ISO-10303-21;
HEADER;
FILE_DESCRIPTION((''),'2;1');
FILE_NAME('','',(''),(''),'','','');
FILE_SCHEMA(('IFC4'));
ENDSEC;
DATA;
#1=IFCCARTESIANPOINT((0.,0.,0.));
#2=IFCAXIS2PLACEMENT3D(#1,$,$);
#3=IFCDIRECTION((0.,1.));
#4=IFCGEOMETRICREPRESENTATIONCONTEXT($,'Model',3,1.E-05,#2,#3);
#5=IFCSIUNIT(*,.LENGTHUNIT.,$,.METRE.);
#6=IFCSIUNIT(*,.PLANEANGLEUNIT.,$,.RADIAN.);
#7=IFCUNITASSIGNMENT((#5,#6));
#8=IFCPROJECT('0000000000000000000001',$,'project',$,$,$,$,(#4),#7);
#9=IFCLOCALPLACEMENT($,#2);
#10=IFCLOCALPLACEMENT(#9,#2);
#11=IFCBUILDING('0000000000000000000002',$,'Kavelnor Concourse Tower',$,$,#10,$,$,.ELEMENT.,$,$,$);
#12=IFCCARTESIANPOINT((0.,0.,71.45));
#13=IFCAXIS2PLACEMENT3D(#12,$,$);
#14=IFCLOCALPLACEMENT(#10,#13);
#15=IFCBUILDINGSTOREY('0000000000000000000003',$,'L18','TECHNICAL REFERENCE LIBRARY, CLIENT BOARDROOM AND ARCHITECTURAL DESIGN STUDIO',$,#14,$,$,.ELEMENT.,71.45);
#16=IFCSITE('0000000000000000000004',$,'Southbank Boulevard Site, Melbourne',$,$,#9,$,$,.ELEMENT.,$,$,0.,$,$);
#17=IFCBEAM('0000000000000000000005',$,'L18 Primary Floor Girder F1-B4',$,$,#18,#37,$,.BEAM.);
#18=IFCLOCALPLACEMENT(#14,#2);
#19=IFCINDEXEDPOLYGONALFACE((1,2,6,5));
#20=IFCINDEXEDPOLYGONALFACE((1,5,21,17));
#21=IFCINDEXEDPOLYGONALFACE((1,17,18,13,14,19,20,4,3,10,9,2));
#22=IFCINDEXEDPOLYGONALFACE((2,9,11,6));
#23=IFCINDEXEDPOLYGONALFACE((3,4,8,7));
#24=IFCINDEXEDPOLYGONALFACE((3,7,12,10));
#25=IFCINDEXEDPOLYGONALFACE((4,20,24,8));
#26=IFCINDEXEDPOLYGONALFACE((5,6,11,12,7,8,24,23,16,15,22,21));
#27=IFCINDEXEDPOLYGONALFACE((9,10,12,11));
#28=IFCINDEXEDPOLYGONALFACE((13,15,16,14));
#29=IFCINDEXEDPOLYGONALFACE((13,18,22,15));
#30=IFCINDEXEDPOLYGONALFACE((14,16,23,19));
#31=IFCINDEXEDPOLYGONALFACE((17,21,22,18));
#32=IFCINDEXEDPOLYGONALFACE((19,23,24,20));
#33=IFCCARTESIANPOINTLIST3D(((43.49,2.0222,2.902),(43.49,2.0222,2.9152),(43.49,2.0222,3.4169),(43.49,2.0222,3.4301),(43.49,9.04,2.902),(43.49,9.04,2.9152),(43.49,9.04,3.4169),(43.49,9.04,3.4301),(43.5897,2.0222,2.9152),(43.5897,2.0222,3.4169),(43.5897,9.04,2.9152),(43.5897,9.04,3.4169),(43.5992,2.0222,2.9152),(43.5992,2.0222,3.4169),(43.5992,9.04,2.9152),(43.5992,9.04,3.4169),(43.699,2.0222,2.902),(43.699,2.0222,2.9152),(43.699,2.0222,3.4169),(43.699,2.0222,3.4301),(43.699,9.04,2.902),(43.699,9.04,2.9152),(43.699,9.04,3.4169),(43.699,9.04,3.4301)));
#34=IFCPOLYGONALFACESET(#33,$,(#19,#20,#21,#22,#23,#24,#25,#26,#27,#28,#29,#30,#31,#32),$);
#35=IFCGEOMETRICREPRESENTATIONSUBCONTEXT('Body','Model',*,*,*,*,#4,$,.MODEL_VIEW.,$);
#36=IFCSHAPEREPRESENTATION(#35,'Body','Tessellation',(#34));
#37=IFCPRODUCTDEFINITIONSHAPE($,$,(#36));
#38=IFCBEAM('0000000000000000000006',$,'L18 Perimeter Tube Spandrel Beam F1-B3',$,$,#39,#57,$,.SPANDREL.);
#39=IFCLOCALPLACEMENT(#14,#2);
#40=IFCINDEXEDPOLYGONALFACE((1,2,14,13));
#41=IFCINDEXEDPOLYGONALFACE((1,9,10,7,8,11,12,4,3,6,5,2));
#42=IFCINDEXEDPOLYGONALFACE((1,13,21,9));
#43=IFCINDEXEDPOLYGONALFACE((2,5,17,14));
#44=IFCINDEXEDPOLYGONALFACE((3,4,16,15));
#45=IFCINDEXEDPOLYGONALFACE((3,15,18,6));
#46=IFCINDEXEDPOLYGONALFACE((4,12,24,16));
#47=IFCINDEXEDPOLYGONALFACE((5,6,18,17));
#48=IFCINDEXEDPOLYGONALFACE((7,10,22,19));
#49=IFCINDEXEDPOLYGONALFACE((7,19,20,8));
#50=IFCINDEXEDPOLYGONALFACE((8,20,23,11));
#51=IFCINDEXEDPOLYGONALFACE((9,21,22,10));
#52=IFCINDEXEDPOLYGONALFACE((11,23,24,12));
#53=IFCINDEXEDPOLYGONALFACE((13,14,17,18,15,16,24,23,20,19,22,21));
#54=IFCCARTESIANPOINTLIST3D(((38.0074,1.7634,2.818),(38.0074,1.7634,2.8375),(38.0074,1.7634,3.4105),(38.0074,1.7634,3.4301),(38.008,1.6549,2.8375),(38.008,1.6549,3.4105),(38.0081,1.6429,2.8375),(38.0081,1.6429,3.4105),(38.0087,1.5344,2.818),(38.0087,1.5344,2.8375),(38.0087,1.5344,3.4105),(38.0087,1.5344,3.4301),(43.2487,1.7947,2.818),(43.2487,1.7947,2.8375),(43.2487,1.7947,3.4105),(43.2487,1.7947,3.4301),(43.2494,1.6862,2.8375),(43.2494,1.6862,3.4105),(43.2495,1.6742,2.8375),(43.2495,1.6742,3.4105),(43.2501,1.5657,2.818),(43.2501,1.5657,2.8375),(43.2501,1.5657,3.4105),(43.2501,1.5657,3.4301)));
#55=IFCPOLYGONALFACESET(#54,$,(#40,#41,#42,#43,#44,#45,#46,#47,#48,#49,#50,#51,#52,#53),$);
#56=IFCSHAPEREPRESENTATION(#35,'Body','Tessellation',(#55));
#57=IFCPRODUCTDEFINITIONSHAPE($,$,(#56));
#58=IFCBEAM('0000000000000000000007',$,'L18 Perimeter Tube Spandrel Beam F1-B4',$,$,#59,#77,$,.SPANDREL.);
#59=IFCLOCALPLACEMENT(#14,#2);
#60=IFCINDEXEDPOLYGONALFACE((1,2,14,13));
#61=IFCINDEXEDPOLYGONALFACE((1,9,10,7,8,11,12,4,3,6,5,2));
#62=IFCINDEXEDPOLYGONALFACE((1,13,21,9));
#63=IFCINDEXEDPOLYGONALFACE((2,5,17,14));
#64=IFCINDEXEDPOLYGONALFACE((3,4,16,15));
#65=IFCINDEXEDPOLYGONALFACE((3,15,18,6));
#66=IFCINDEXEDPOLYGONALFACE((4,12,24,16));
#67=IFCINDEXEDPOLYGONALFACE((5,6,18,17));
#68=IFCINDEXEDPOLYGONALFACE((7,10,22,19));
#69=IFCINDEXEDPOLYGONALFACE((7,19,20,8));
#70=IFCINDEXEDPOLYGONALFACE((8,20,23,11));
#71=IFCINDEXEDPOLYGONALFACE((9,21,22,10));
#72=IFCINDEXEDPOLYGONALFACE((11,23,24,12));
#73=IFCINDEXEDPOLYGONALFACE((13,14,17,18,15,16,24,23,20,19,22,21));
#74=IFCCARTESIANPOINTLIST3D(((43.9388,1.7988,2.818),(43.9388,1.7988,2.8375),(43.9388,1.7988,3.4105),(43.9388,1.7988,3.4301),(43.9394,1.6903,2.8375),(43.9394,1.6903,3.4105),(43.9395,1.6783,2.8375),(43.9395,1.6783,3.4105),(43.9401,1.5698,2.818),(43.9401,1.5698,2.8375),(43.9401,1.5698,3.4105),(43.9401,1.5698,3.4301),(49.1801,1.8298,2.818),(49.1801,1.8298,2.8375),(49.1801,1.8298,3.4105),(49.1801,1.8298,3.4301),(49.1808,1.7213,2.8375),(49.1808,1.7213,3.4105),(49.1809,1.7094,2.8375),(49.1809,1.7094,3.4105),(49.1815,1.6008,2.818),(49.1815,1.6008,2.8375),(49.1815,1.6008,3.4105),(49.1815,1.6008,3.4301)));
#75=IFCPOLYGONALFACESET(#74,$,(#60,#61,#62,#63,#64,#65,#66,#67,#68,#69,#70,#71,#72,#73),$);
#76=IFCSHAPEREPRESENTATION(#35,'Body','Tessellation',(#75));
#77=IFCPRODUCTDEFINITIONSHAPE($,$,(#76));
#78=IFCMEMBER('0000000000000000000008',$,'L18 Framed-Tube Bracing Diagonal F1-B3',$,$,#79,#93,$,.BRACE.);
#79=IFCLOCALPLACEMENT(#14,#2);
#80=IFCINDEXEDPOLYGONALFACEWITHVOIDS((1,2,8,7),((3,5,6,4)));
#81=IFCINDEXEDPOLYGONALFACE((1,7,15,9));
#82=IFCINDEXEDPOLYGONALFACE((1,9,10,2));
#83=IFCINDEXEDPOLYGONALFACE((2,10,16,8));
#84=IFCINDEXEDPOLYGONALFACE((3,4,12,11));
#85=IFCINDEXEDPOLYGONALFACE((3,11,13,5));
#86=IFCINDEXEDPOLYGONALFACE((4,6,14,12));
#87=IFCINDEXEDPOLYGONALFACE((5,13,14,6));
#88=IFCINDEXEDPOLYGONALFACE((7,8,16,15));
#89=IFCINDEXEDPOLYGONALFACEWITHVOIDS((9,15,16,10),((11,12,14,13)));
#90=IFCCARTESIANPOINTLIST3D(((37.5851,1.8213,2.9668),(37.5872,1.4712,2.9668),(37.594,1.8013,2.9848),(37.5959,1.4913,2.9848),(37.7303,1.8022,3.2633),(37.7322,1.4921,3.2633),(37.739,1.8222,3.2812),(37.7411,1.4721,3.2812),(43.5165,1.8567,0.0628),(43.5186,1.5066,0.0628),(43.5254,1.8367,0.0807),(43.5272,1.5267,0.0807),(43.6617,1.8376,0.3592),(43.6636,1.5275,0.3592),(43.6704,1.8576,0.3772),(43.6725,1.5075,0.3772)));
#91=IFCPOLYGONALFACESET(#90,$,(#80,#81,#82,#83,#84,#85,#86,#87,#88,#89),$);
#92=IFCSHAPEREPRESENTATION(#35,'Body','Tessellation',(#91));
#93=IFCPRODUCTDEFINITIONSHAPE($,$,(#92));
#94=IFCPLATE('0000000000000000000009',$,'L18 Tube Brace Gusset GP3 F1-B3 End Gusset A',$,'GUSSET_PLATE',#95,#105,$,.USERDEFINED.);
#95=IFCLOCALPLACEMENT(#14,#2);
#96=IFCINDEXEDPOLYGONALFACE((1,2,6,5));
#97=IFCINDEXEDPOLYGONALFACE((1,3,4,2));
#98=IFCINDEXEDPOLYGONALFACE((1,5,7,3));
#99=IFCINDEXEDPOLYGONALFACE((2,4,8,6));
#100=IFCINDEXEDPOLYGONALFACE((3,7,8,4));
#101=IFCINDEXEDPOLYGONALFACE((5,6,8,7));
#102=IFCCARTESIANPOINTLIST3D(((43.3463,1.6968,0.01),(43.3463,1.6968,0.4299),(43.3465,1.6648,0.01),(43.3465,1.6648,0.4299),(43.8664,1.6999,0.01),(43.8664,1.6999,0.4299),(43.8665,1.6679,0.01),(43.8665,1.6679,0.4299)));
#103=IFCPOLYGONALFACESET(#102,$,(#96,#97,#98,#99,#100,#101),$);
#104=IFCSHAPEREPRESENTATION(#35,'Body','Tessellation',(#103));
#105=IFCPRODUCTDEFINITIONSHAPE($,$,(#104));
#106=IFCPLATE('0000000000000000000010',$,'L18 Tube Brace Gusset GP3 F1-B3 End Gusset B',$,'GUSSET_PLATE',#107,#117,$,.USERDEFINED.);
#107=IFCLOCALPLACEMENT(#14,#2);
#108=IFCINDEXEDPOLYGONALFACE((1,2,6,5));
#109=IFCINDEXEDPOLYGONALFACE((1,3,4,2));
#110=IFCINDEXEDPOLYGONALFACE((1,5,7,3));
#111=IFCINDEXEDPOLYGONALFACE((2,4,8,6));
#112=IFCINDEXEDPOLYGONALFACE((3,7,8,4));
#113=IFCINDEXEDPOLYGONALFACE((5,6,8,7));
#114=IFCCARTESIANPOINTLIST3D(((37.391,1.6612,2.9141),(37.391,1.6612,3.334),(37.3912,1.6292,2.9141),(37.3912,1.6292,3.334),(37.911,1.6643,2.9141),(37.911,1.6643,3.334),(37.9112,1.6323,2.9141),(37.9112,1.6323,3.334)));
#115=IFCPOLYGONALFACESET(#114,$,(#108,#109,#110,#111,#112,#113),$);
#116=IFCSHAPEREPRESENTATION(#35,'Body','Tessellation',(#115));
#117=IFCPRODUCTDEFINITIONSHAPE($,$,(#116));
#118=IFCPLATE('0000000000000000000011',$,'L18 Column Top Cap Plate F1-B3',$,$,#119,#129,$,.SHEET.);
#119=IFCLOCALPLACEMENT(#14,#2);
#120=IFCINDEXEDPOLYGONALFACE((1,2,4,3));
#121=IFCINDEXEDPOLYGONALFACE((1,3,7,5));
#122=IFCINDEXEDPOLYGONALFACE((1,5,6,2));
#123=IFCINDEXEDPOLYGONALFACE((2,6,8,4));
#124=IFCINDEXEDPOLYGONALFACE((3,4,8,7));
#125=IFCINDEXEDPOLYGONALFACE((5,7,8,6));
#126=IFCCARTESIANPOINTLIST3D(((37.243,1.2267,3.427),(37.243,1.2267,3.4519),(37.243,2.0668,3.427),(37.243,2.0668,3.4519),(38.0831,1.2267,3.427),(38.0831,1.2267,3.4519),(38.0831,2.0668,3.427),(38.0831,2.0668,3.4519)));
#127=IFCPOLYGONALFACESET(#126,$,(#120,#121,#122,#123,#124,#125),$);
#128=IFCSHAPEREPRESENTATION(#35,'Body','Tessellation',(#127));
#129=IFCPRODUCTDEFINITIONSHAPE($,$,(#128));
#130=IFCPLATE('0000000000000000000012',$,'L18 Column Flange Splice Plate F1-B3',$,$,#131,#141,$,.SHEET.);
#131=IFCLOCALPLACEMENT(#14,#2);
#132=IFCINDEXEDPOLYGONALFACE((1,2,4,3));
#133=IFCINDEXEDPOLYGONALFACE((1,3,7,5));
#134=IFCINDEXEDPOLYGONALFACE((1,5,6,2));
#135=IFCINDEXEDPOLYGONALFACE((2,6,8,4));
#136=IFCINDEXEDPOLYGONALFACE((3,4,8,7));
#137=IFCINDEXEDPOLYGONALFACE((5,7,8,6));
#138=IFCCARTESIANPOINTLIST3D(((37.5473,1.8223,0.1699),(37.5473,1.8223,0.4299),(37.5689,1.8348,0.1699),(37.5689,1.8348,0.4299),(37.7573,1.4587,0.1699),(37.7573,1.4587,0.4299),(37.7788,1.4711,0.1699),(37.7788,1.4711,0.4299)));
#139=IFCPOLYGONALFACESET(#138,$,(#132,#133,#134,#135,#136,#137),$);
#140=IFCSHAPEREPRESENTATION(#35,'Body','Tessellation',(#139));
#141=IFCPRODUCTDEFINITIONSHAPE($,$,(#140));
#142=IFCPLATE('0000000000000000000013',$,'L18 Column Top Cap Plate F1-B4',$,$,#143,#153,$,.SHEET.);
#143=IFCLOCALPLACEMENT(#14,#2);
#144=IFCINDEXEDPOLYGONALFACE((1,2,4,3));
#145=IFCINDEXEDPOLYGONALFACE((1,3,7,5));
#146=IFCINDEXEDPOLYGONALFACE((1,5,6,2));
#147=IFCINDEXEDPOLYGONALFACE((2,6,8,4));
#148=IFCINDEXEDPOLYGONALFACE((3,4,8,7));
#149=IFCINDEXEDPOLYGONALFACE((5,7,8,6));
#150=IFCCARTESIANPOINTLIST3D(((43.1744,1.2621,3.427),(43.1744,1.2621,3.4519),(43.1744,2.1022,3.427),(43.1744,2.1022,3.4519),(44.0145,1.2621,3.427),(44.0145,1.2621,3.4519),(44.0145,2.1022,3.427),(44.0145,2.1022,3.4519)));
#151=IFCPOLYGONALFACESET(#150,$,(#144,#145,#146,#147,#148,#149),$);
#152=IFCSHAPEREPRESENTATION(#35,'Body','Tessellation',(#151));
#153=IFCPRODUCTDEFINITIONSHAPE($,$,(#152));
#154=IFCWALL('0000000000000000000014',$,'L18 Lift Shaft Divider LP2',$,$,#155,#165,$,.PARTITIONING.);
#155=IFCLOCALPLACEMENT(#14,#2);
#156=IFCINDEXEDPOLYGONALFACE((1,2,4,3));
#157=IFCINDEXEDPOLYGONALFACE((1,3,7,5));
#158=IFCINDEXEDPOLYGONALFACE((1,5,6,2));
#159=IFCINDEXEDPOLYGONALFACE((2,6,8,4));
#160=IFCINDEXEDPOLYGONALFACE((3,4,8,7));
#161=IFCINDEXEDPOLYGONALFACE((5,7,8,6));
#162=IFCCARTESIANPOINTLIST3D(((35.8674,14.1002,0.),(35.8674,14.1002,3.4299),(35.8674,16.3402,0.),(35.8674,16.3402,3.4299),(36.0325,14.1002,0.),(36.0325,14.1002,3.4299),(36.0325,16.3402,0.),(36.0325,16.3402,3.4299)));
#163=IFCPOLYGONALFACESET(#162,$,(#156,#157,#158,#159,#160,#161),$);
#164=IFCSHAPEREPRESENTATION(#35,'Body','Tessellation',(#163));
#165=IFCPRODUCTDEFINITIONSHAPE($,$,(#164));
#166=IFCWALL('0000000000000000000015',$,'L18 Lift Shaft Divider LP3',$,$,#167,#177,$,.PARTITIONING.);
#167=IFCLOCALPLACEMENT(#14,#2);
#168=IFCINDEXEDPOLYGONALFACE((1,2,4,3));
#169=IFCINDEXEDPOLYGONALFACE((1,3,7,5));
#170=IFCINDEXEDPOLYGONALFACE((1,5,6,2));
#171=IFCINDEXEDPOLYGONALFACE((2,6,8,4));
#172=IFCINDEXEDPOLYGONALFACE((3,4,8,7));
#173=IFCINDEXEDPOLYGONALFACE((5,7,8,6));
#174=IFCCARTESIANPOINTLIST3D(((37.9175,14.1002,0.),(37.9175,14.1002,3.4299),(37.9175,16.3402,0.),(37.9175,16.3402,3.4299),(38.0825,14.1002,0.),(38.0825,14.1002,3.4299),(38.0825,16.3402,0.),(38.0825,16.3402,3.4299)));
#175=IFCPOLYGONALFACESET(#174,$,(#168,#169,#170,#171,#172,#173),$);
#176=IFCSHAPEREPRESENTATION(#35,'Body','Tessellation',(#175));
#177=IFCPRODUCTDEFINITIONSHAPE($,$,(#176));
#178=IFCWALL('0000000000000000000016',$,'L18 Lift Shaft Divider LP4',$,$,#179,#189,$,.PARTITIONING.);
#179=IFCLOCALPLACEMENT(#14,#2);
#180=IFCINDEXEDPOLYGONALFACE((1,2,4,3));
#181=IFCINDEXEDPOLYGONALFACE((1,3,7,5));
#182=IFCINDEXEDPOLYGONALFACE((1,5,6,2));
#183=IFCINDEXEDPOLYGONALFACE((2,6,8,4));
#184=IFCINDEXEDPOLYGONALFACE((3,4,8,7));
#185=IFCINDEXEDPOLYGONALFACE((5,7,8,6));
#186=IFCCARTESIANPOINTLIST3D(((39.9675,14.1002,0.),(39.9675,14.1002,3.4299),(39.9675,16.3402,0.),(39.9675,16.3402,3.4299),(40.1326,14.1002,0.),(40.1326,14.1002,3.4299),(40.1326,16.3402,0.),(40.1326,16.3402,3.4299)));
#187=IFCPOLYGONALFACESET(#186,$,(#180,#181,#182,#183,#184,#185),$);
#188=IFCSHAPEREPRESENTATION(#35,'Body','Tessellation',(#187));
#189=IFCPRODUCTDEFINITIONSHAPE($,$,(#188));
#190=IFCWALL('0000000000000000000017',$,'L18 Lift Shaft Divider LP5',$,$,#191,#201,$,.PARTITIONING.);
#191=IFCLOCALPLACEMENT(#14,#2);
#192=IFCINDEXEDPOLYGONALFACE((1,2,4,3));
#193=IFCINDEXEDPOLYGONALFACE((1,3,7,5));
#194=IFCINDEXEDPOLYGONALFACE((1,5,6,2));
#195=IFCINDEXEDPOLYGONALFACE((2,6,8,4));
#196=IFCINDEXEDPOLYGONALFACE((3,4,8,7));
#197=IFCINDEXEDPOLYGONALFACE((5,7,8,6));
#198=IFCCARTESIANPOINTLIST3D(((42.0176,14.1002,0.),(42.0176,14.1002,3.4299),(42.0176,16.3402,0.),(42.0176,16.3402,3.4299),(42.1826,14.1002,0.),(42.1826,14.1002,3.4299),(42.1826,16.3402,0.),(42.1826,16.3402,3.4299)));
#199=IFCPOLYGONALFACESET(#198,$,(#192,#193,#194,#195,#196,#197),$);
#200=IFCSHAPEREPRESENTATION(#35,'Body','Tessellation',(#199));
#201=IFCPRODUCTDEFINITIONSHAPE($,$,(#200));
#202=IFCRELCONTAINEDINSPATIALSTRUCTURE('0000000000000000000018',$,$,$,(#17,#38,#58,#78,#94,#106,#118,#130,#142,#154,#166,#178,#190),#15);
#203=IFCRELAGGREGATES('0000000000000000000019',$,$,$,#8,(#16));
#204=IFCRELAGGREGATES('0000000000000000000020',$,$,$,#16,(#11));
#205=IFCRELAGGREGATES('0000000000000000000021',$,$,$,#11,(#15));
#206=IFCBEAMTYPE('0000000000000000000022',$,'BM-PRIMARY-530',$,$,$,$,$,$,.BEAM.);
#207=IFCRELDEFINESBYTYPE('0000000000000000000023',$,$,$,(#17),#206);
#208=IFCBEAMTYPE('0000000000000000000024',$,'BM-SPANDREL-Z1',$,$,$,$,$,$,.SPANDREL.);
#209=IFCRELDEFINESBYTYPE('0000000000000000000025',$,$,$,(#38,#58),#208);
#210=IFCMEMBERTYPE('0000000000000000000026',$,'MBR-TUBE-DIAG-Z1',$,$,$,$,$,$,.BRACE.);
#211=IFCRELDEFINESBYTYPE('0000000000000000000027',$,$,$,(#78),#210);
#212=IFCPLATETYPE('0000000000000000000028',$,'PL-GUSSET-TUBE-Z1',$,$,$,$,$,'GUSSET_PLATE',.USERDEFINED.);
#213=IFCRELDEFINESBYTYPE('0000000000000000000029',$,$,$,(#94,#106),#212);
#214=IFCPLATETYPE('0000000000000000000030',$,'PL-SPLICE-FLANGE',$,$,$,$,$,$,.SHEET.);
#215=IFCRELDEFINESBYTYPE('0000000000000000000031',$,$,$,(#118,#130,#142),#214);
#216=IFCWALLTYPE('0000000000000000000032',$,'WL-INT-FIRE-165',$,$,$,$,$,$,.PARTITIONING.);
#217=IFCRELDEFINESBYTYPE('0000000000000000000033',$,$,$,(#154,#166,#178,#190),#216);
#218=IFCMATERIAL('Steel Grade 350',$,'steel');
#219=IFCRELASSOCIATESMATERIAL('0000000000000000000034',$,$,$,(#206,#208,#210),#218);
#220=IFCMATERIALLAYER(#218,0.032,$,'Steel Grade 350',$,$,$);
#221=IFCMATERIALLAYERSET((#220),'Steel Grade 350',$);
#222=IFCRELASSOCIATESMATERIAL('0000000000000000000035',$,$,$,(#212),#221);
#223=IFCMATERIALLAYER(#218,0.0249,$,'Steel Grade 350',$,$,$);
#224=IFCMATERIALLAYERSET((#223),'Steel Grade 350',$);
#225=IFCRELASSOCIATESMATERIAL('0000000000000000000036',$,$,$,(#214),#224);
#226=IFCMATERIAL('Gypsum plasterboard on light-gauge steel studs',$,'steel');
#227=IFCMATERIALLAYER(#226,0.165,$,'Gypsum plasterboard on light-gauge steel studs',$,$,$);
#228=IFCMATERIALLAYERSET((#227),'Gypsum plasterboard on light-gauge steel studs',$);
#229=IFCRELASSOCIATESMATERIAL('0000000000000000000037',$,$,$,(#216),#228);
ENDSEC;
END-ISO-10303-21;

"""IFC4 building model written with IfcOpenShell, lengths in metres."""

from ifc_helpers import new_model, si_unit, direction, frame, frame_2d, origin, origin_2d, place, context, subcontext, project, spatial, rectangle, hollow_rectangle, i_section, extrude, material, layer, layer_set, material_profile, profile_set, type_object, element, save


model = new_model("IFC4")

# Units and contexts
model_context = context("Model", 3, precision=1e-05, world=origin(), true_north=direction((0.0, 1.0)))
body_context = subcontext(model_context, "Body", "Model", "MODEL_VIEW")
ifc_project = project(units=[si_unit("LENGTHUNIT", "METRE"), si_unit("PLANEANGLEUNIT", "RADIAN")], contexts=[model_context])

# Site, building, storey
site_placement = place(None, origin())
site = spatial("IfcSite", under=ifc_project, at=site_placement, Name="Southbank Boulevard Site, Melbourne", CompositionType="ELEMENT", RefElevation=0.0)
building_placement = place(site_placement, origin())
building = spatial("IfcBuilding", under=site, at=building_placement, Name="Kavelnor Concourse Tower", CompositionType="ELEMENT")
storey_placement = place(building_placement, frame((0.0, 0.0, 71.45)))
storey = spatial("IfcBuildingStorey", under=building, at=storey_placement, Name="L18", Description="TECHNICAL REFERENCE LIBRARY, CLIENT BOARDROOM AND ARCHITECTURAL DESIGN STUDIO", CompositionType="ELEMENT", Elevation=71.45)

# Shared definitions
ifc_material_1 = material(Name="Steel Grade 350", Category="steel")

# Beams
ifc_material_profile_1 = material_profile(ifc_material_1, i_section(OverallWidth=0.209, OverallDepth=0.5281, WebThickness=0.0095, FlangeThickness=0.0132, at=origin_2d()), Name="530UB82")
ifc_profile_set_1 = profile_set([ifc_material_profile_1], Name="Steel Grade 350")
beam_type_1 = type_object("IfcBeamType", Name="BM-PRIMARY-530", PredefinedType="BEAM", material=ifc_profile_set_1)
beam_1_placement = place(storey_placement, frame((43.5945, 9.04, 3.166), z_axis=(0.0, -1.0, 0.0), x_axis=(1.0, 0.0, 0.0)))
element("IfcBeam", 1, at=beam_1_placement, inside=storey, type_object=beam_type_1, Name="L18 Primary Floor Girder F1-B4", PredefinedType="BEAM", context=body_context, shape_type="SweptSolid", body=[
    extrude(i_section(OverallWidth=0.209, OverallDepth=0.5281, WebThickness=0.0095, FlangeThickness=0.0132, at=origin_2d()), origin(), (0.0, 0.0, 1.0), 7.0178),
])
ifc_material_profile_2 = material_profile(ifc_material_1, i_section(OverallWidth=0.229, OverallDepth=0.6121, WebThickness=0.012, FlangeThickness=0.0195, at=origin_2d()), Name="610UB125")
ifc_profile_set_2 = profile_set([ifc_material_profile_2], Name="Steel Grade 350")
beam_type_2 = type_object("IfcBeamType", Name="BM-SPANDREL-Z1", PredefinedType="SPANDREL", material=ifc_profile_set_2)
for number, where, z_axis, x_axis, name in (
    (2, (38.0081, 1.6489, 3.124), (0.999982, 0.005962, 0.0), (-0.005962, 0.999982, 0.0), "L18 Perimeter Tube Spandrel Beam F1-B3"),
    (3, (43.9395, 1.6843, 3.124), (0.999983, 0.005915, 0.0), (-0.005915, 0.999983, 0.0), "L18 Perimeter Tube Spandrel Beam F1-B4"),
):
    element("IfcBeam", number, at=place(storey_placement, frame(where, z_axis=z_axis, x_axis=x_axis)), inside=storey, type_object=beam_type_2, Name=name, PredefinedType="SPANDREL", context=body_context, shape_type="SweptSolid", body=[
        extrude(i_section(OverallWidth=0.229, OverallDepth=0.6121, WebThickness=0.012, FlangeThickness=0.0195, at=origin_2d()), origin(), (0.0, 0.0, 1.0), 5.2415),
    ])

# Member
ifc_material_profile_3 = material_profile(ifc_material_1, hollow_rectangle(XDim=0.3501, YDim=0.3501, WallThickness=0.02, at=origin_2d()), Name="SHS 350x350x20")
ifc_profile_set_3 = profile_set([ifc_material_profile_3], Name="Steel Grade 350")
member_type = type_object("IfcMemberType", Name="MBR-TUBE-DIAG-Z1", PredefinedType="BRACE", material=ifc_profile_set_3)
member_placement = place(storey_placement, frame((43.5945, 1.6821, 0.22), z_axis=(-0.898117, -0.00536, 0.439724), x_axis=(0.005968, -0.999982, 0.0)))
element("IfcMember", 4, at=member_placement, inside=storey, type_object=member_type, Name="L18 Framed-Tube Bracing Diagonal F1-B3", PredefinedType="BRACE", context=body_context, shape_type="SweptSolid", body=[
    extrude(hollow_rectangle(XDim=0.3501, YDim=0.3501, WallThickness=0.02, at=origin_2d()), origin(), (0.0, 0.0, 1.0), 6.6042),
])

# Plates
ifc_layer_1 = layer(ifc_material_1, 0.032, Name="Steel Grade 350")
ifc_layer_set_1 = layer_set([ifc_layer_1], Name="Steel Grade 350")
plate_type_1 = type_object("IfcPlateType", Name="PL-GUSSET-TUBE-Z1", ElementType="GUSSET_PLATE", PredefinedType="USERDEFINED", material=ifc_layer_set_1)
for number, where, z_axis, x_axis, name in (
    (5, (43.6064, 1.6824, 0.01), (0.0, 0.0, 1.0), (-0.999982, -0.005934, 0.0), "L18 Tube Brace Gusset GP3 F1-B3 End Gusset A"),
    (6, (37.6511, 1.6467, 2.9141), (0.0, 0.0, 1.0), (-0.999982, -0.005934, 0.0), "L18 Tube Brace Gusset GP3 F1-B3 End Gusset B"),
):
    element("IfcPlate", number, at=place(storey_placement, frame(where, z_axis=z_axis, x_axis=x_axis)), inside=storey, type_object=plate_type_1, Name=name, ObjectType="GUSSET_PLATE", PredefinedType="USERDEFINED", context=body_context, shape_type="SweptSolid", body=[
        extrude(rectangle(XDim=0.52, YDim=0.032, at=origin_2d()), origin(), (0.0, 0.0, 1.0), 0.4199),
    ])
ifc_layer_2 = layer(ifc_material_1, 0.0249, Name="Steel Grade 350")
ifc_layer_set_2 = layer_set([ifc_layer_2], Name="Steel Grade 350")
plate_type_2 = type_object("IfcPlateType", Name="PL-SPLICE-FLANGE", PredefinedType="SHEET", material=ifc_layer_set_2)
plate_1_placement = place(storey_placement, frame((37.6631, 1.6467, 3.427), z_axis=(0.0, 0.0, 1.0), x_axis=(1.0, 0.0, 0.0)))
element("IfcPlate", 7, at=plate_1_placement, inside=storey, type_object=plate_type_2, Name="L18 Column Top Cap Plate F1-B3", PredefinedType="SHEET", context=body_context, shape_type="SweptSolid", body=[
    extrude(rectangle(XDim=0.8401, YDim=0.8401, at=origin_2d()), origin(), (0.0, 0.0, 1.0), 0.0249),
])
plate_2_placement = place(storey_placement, frame((37.6631, 1.6467, 0.1699), z_axis=(0.0, 0.0, 1.0), x_axis=(-0.5, 0.866025, 0.0)))
element("IfcPlate", 8, at=plate_2_placement, inside=storey, type_object=plate_type_2, Name="L18 Column Flange Splice Plate F1-B3", PredefinedType="SHEET", context=body_context, shape_type="SweptSolid", body=[
    extrude(rectangle(XDim=0.4199, YDim=0.0249, at=origin_2d()), origin(), (0.0, 0.0, 1.0), 0.26),
])
plate_3_placement = place(storey_placement, frame((43.5945, 1.6821, 3.427), z_axis=(0.0, 0.0, 1.0), x_axis=(1.0, 0.0, 0.0)))
element("IfcPlate", 9, at=plate_3_placement, inside=storey, type_object=plate_type_2, Name="L18 Column Top Cap Plate F1-B4", PredefinedType="SHEET", context=body_context, shape_type="SweptSolid", body=[
    extrude(rectangle(XDim=0.8401, YDim=0.8401, at=origin_2d()), origin(), (0.0, 0.0, 1.0), 0.0249),
])

# Walls
ifc_material_2 = material(Name="Gypsum plasterboard on light-gauge steel studs", Category="steel")
ifc_layer_3 = layer(ifc_material_2, 0.165, Name="Gypsum plasterboard on light-gauge steel studs")
ifc_layer_set_3 = layer_set([ifc_layer_3], Name="Gypsum plasterboard on light-gauge steel studs")
wall_type_1 = type_object("IfcWallType", Name="WL-INT-FIRE-165", PredefinedType="PARTITIONING", material=ifc_layer_set_3)
for number, where, z_axis, x_axis, name in (
    (10, (35.95, 14.1001, 0.0), (0.0, 0.0, 1.0), (0.0, 1.0, 0.0), "L18 Lift Shaft Divider LP2"),
    (11, (38.0, 14.1001, 0.0), (0.0, 0.0, 1.0), (0.0, 1.0, 0.0), "L18 Lift Shaft Divider LP3"),
    (12, (40.05, 14.1001, 0.0), (0.0, 0.0, 1.0), (0.0, 1.0, 0.0), "L18 Lift Shaft Divider LP4"),
    (13, (42.1001, 14.1001, 0.0), (0.0, 0.0, 1.0), (0.0, 1.0, 0.0), "L18 Lift Shaft Divider LP5"),
):
    element("IfcWall", number, at=place(storey_placement, frame(where, z_axis=z_axis, x_axis=x_axis)), inside=storey, type_object=wall_type_1, Name=name, PredefinedType="PARTITIONING", context=body_context, shape_type="SweptSolid", body=[
        extrude(rectangle(XDim=2.24, YDim=0.165, at=frame_2d((1.1201, 0.0))), origin(), (0.0, 0.0, 1.0), 3.4299),
    ])

save(model, "model.ifc")
